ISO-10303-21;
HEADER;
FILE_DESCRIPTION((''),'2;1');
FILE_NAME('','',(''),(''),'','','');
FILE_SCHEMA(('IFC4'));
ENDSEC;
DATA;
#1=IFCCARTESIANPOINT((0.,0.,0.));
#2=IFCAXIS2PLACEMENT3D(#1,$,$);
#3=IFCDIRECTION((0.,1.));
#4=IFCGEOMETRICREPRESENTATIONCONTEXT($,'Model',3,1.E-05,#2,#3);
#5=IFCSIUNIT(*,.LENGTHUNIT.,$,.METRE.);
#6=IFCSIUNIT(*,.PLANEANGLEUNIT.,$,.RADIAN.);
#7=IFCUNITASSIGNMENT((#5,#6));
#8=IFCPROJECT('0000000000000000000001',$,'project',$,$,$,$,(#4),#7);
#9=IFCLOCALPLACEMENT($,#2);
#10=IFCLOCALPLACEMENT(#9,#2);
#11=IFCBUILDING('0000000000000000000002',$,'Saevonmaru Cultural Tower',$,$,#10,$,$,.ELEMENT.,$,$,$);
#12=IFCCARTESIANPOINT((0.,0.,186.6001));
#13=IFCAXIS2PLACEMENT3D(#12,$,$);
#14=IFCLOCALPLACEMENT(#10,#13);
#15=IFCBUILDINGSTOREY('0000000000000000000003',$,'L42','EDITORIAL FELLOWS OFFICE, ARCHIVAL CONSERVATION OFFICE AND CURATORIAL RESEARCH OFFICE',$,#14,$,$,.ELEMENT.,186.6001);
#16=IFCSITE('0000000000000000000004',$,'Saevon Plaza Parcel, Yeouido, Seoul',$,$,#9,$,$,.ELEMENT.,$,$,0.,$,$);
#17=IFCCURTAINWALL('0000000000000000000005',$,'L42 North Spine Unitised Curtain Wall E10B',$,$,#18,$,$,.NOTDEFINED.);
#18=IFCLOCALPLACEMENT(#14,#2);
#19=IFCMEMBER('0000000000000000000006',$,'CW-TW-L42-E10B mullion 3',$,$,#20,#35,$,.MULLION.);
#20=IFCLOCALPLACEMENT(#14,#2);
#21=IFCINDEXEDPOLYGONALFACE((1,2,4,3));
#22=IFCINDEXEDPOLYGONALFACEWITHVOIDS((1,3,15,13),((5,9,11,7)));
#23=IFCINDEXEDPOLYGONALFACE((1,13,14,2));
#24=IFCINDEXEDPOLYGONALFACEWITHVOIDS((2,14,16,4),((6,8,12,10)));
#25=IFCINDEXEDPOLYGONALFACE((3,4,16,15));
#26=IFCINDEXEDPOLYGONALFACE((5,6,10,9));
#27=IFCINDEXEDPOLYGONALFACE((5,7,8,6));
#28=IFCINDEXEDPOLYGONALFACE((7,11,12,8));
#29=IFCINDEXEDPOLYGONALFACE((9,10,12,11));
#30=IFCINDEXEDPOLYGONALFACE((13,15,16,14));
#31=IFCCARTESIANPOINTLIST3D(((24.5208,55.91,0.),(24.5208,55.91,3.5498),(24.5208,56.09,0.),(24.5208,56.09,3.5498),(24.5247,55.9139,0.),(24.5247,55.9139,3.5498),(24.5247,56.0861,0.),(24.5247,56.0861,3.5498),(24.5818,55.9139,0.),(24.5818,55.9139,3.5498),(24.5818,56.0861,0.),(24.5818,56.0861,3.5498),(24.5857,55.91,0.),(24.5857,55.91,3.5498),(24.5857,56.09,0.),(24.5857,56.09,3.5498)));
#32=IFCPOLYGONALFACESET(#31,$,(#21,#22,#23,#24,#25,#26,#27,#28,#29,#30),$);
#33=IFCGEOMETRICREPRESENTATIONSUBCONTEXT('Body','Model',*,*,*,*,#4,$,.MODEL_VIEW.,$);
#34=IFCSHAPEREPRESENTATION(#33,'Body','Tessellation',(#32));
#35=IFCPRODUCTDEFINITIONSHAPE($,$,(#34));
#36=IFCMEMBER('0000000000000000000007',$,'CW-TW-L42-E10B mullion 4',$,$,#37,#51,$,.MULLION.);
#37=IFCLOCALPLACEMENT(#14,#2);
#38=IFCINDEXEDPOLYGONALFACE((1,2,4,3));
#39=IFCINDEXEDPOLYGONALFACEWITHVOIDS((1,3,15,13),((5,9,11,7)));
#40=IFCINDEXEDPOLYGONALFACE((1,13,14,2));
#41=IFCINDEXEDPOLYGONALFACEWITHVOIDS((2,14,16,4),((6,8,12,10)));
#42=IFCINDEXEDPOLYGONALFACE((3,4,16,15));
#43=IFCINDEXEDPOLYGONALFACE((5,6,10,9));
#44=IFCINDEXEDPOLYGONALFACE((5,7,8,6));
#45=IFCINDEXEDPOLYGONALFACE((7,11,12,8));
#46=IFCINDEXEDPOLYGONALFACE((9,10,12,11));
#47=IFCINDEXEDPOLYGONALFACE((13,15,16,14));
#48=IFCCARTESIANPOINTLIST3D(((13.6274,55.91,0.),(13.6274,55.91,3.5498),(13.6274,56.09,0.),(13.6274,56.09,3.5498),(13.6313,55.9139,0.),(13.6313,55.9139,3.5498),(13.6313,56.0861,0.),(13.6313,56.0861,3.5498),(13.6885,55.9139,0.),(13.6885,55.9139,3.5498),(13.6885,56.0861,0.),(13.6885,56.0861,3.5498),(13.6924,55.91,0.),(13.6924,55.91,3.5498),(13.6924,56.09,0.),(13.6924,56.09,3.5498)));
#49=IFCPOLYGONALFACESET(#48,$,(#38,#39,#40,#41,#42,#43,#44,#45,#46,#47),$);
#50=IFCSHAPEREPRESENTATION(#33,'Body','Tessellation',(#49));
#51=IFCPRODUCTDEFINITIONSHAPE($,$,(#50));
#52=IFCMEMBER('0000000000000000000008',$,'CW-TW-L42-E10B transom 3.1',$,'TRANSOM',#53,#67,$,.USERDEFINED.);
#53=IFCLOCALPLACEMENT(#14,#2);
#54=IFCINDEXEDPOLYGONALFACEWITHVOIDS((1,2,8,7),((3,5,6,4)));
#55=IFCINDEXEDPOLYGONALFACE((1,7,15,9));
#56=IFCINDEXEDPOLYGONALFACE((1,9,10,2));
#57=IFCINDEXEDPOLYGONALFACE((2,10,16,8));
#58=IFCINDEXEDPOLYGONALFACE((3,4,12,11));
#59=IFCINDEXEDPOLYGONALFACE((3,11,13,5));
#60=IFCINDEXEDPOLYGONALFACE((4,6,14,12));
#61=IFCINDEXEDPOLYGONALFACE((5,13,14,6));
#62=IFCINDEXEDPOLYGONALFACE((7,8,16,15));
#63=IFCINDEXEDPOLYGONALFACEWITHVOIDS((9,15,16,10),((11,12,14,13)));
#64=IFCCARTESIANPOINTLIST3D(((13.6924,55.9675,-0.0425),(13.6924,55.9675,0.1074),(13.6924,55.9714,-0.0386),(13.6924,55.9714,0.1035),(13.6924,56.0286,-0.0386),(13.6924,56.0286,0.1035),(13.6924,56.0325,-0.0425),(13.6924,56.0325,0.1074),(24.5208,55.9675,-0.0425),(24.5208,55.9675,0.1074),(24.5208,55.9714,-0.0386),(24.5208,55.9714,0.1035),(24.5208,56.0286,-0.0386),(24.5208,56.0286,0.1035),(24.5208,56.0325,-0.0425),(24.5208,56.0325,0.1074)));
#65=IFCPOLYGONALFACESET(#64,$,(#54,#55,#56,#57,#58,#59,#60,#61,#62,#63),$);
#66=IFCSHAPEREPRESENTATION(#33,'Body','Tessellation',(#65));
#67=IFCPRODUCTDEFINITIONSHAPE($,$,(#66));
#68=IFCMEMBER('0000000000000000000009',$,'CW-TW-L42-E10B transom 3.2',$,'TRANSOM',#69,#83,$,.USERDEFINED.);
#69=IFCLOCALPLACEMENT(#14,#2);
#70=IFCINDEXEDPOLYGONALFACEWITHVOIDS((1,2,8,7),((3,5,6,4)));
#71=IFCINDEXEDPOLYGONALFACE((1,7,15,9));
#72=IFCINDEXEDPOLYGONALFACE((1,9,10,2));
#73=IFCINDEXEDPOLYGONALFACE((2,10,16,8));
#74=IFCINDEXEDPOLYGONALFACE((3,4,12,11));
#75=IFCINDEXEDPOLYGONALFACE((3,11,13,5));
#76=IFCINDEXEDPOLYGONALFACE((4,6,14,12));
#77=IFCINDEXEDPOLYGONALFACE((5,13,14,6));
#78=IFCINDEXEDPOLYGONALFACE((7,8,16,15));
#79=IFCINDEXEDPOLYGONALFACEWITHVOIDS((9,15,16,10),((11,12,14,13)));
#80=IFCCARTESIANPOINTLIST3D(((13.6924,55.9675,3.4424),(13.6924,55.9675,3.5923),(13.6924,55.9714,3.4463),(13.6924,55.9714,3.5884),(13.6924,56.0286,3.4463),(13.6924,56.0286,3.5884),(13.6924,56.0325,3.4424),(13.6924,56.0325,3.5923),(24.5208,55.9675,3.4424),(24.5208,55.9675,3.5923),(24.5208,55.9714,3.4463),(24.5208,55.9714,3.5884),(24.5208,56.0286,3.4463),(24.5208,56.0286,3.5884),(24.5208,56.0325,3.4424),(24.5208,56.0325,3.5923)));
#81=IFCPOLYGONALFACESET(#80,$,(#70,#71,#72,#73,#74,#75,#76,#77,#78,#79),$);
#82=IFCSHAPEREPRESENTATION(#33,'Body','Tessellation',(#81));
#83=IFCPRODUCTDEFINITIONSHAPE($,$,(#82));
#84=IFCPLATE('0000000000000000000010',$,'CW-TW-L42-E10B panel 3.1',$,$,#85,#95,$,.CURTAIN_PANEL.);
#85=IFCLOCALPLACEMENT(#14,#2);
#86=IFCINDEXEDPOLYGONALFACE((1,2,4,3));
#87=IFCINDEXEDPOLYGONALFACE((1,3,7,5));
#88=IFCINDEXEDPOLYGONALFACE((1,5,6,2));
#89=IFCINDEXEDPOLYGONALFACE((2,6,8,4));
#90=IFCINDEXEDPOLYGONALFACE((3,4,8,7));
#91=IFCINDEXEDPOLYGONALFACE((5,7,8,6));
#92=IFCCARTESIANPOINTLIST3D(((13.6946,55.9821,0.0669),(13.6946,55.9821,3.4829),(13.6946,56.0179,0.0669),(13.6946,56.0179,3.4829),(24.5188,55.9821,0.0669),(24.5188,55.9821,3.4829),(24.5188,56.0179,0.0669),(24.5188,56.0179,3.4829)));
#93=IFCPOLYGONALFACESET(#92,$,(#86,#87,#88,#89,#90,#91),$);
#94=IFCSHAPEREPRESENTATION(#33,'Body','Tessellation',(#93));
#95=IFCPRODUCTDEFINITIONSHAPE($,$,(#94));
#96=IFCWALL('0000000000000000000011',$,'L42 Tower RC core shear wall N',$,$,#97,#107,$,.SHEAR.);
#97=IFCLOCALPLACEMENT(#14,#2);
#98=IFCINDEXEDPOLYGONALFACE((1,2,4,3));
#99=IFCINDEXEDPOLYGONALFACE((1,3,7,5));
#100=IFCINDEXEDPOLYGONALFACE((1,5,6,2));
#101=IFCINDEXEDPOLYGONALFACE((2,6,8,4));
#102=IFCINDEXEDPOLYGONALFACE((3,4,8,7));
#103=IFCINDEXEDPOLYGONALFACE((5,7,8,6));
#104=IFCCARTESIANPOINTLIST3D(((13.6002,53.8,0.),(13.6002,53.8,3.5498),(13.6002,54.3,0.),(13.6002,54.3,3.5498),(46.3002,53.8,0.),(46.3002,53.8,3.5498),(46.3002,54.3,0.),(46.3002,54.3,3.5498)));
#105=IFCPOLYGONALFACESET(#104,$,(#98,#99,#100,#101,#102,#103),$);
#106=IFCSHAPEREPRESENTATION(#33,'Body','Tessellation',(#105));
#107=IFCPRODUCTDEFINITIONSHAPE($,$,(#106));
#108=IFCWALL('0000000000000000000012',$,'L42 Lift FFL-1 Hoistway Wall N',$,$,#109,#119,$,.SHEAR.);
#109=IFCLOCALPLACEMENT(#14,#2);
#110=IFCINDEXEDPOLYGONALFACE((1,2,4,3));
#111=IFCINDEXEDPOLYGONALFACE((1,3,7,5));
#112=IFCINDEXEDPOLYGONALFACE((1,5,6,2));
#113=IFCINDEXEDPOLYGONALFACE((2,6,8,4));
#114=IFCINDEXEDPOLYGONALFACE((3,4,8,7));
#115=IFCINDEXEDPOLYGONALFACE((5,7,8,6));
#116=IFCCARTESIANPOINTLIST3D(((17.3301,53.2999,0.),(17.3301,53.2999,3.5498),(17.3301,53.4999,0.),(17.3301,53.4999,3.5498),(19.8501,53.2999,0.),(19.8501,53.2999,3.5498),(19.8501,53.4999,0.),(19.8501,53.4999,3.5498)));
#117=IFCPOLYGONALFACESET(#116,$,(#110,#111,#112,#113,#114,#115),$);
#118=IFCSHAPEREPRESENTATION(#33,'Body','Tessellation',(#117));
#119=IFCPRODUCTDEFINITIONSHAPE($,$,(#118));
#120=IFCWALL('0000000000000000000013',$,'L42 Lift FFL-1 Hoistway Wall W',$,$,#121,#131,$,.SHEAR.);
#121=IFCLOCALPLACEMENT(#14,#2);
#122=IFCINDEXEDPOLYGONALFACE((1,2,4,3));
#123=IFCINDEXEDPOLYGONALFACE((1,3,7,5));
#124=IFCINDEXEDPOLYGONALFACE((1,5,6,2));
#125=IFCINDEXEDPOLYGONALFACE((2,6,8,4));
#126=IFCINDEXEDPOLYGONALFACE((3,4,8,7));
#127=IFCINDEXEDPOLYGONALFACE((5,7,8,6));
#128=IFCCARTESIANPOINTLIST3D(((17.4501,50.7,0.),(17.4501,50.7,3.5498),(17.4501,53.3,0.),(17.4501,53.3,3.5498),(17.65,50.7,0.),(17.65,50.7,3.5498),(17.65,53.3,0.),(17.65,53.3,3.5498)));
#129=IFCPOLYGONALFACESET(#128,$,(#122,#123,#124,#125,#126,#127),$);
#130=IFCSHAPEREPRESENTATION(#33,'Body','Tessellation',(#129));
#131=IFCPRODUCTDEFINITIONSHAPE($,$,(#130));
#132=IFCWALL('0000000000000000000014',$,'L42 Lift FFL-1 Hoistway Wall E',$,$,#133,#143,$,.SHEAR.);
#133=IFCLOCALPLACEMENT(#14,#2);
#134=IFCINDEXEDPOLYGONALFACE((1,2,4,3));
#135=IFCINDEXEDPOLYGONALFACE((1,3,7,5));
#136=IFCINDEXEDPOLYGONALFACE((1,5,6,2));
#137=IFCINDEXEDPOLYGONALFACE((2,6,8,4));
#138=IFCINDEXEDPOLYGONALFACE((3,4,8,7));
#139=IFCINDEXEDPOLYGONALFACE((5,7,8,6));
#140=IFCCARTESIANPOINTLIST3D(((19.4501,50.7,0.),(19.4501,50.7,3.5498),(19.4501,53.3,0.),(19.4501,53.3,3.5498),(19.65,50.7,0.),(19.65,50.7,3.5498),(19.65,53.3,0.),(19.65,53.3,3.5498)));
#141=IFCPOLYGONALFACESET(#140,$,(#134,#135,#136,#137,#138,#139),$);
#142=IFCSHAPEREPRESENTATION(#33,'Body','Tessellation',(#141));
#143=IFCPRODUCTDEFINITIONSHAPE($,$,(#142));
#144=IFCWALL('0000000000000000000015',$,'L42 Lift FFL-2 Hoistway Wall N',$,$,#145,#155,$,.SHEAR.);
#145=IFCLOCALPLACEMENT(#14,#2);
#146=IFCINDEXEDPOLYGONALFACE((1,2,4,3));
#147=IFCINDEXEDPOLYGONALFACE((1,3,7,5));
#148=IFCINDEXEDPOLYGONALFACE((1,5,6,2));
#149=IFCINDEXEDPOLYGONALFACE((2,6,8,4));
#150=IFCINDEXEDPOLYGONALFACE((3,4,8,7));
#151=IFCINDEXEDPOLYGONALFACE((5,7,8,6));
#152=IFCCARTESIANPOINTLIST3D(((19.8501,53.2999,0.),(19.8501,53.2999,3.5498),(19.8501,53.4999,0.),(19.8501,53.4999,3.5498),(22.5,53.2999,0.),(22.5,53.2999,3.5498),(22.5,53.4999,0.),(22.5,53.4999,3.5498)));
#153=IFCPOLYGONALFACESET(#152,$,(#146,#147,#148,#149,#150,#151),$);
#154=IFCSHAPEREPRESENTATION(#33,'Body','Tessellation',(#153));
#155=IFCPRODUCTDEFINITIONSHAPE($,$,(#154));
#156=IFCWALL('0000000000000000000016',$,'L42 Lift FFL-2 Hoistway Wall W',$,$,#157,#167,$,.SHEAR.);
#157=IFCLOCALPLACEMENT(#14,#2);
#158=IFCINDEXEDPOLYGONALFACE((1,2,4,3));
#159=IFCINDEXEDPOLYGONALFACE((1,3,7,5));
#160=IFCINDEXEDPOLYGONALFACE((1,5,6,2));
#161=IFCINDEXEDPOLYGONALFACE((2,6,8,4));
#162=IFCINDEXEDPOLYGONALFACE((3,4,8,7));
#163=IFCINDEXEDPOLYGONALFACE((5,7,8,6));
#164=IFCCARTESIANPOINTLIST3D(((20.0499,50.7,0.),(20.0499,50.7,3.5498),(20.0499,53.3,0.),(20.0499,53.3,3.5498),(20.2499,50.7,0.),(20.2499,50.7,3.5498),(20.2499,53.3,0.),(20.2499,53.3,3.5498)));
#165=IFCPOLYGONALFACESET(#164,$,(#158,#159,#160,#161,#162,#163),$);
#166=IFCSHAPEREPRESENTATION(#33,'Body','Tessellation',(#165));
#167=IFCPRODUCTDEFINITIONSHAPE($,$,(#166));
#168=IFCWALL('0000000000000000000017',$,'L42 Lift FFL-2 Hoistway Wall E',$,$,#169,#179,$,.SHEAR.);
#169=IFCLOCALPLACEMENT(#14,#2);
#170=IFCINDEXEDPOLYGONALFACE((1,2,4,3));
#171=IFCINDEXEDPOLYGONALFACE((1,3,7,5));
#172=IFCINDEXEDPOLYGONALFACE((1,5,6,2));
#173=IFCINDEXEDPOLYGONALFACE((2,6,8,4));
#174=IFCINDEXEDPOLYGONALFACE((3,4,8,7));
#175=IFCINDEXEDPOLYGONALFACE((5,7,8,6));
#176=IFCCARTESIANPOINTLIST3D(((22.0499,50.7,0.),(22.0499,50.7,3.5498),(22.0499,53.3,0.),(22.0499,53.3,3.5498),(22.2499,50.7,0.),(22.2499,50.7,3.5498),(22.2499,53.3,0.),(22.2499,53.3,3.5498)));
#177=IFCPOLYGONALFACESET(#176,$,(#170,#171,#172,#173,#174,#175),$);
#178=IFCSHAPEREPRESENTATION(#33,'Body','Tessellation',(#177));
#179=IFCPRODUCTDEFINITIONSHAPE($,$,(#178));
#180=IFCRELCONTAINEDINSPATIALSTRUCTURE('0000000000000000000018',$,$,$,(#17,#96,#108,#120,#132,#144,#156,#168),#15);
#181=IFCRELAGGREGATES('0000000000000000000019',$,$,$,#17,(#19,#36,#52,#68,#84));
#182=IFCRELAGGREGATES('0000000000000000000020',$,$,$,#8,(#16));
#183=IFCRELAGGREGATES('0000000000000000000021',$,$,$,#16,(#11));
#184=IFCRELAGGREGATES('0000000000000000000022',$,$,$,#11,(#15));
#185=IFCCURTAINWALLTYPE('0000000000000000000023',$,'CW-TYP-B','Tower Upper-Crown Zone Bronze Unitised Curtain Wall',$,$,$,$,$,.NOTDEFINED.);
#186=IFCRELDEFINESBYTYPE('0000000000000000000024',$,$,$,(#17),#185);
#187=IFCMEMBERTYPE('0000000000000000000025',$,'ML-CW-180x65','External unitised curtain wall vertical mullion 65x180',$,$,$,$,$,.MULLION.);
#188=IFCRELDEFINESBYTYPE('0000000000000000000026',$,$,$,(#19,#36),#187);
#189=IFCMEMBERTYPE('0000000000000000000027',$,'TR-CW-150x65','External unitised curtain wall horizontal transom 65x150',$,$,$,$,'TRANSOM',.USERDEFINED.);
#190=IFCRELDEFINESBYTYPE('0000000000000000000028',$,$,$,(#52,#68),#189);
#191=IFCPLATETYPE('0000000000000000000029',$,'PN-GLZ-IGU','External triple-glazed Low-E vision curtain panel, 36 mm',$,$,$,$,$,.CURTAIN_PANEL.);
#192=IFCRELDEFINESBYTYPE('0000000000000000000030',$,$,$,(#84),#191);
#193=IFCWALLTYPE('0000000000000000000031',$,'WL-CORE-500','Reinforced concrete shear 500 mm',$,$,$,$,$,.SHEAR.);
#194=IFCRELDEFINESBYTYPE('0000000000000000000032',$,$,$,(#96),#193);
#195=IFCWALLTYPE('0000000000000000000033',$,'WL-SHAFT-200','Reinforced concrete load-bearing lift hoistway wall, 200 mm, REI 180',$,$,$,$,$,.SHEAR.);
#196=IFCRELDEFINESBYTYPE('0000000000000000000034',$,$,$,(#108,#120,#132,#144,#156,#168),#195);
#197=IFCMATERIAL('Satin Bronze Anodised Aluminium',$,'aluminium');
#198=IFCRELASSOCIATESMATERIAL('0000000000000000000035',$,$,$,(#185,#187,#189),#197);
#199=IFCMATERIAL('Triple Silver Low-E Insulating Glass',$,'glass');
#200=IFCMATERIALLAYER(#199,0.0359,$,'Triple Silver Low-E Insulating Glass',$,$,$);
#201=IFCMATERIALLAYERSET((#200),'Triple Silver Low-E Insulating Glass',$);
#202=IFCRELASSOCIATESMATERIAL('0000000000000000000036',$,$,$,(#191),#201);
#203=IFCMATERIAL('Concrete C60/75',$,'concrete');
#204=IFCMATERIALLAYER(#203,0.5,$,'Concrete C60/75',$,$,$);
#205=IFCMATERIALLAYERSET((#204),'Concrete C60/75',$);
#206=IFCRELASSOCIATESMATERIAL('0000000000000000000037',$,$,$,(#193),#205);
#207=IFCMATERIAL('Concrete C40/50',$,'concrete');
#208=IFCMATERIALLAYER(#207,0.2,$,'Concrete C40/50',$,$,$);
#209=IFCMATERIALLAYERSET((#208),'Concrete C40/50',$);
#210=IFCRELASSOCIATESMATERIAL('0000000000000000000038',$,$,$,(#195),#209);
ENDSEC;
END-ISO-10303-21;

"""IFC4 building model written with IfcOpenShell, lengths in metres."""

from ifc_helpers import new_model, si_unit, direction, frame, frame_2d, origin, origin_2d, place, context, subcontext, project, spatial, rectangle, hollow_rectangle, extrude, material, layer, layer_set, material_profile, profile_set, type_object, element, aggregate, save


model = new_model("IFC4")

# Units and contexts
model_context = context("Model", 3, precision=1e-05, world=origin(), true_north=direction((0.0, 1.0)))
body_context = subcontext(model_context, "Body", "Model", "MODEL_VIEW")
ifc_project = project(units=[si_unit("LENGTHUNIT", "METRE"), si_unit("PLANEANGLEUNIT", "RADIAN")], contexts=[model_context])

# Site, building, storey
site_placement = place(None, origin())
site = spatial("IfcSite", under=ifc_project, at=site_placement, Name="Saevon Plaza Parcel, Yeouido, Seoul", CompositionType="ELEMENT", RefElevation=0.0)
building_placement = place(site_placement, origin())
building = spatial("IfcBuilding", under=site, at=building_placement, Name="Saevonmaru Cultural Tower", CompositionType="ELEMENT")
storey_placement = place(building_placement, frame((0.0, 0.0, 186.6001)))
storey = spatial("IfcBuildingStorey", under=building, at=storey_placement, Name="L42", Description="EDITORIAL FELLOWS OFFICE, ARCHIVAL CONSERVATION OFFICE AND CURATORIAL RESEARCH OFFICE", CompositionType="ELEMENT", Elevation=186.6001)

# Curtain wall, members, plate
ifc_material_1 = material(Name="Satin Bronze Anodised Aluminium", Category="aluminium")
curtain_wall_type = type_object("IfcCurtainWallType", Name="CW-TYP-B", Description="Tower Upper-Crown Zone Bronze Unitised Curtain Wall", PredefinedType="NOTDEFINED", material=ifc_material_1)
curtain_wall_placement = place(storey_placement, origin())
curtain_wall = element("IfcCurtainWall", 1, at=curtain_wall_placement, inside=storey, type_object=curtain_wall_type, Name="L42 North Spine Unitised Curtain Wall E10B", PredefinedType="NOTDEFINED")
ifc_material_profile_1 = material_profile(ifc_material_1, hollow_rectangle(XDim=0.0649, YDim=0.1799, WallThickness=0.0039, at=origin_2d()), Name="ALU-MULL-180x65x4")
ifc_profile_set_1 = profile_set([ifc_material_profile_1], Name="Satin Bronze Anodised Aluminium")
member_type_1 = type_object("IfcMemberType", Name="ML-CW-180x65", Description="External unitised curtain wall vertical mullion 65x180", PredefinedType="MULLION", material=ifc_profile_set_1)
member_1_placement = place(storey_placement, frame((24.5532, 56.0, 0.0), z_axis=(0.0, 0.0, 1.0), x_axis=(-1.0, 0.0, 0.0)))
member_1 = element("IfcMember", 2, at=member_1_placement, type_object=member_type_1, Name="CW-TW-L42-E10B mullion 3", PredefinedType="MULLION", context=body_context, shape_type="SweptSolid", body=[
    extrude(hollow_rectangle(XDim=0.0649, YDim=0.1799, WallThickness=0.0039, at=origin_2d()), origin(), (0.0, 0.0, 1.0), 3.5498),
])
member_2_placement = place(storey_placement, frame((13.6599, 56.0, 0.0), z_axis=(0.0, 0.0, 1.0), x_axis=(-1.0, 0.0, 0.0)))
member_2 = element("IfcMember", 3, at=member_2_placement, type_object=member_type_1, Name="CW-TW-L42-E10B mullion 4", PredefinedType="MULLION", context=body_context, shape_type="SweptSolid", body=[
    extrude(hollow_rectangle(XDim=0.0649, YDim=0.1799, WallThickness=0.0039, at=origin_2d()), origin(), (0.0, 0.0, 1.0), 3.5498),
])
ifc_material_profile_2 = material_profile(ifc_material_1, hollow_rectangle(XDim=0.0649, YDim=0.1499, WallThickness=0.0039, at=origin_2d()), Name="ALU-TRAN-150x65x4")
ifc_profile_set_2 = profile_set([ifc_material_profile_2], Name="Satin Bronze Anodised Aluminium")
member_type_2 = type_object("IfcMemberType", Name="TR-CW-150x65", Description="External unitised curtain wall horizontal transom 65x150", ElementType="TRANSOM", PredefinedType="USERDEFINED", material=ifc_profile_set_2)
member_3_placement = place(storey_placement, frame((24.5208, 56.0, 0.0325), z_axis=(-1.0, 0.0, 0.0), x_axis=(0.0, -1.0, 0.0)))
member_3 = element("IfcMember", 4, at=member_3_placement, type_object=member_type_2, Name="CW-TW-L42-E10B transom 3.1", ObjectType="TRANSOM", PredefinedType="USERDEFINED", context=body_context, shape_type="SweptSolid", body=[
    extrude(hollow_rectangle(XDim=0.0649, YDim=0.1499, WallThickness=0.0039, at=origin_2d()), origin(), (0.0, 0.0, 1.0), 10.8284),
])
member_4_placement = place(storey_placement, frame((24.5208, 56.0, 3.5173), z_axis=(-1.0, 0.0, 0.0), x_axis=(0.0, -1.0, 0.0)))
member_4 = element("IfcMember", 5, at=member_4_placement, type_object=member_type_2, Name="CW-TW-L42-E10B transom 3.2", ObjectType="TRANSOM", PredefinedType="USERDEFINED", context=body_context, shape_type="SweptSolid", body=[
    extrude(hollow_rectangle(XDim=0.0649, YDim=0.1499, WallThickness=0.0039, at=origin_2d()), origin(), (0.0, 0.0, 1.0), 10.8284),
])
ifc_material_2 = material(Name="Triple Silver Low-E Insulating Glass", Category="glass")
ifc_layer_1 = layer(ifc_material_2, 0.0359, Name="Triple Silver Low-E Insulating Glass")
ifc_layer_set_1 = layer_set([ifc_layer_1], Name="Triple Silver Low-E Insulating Glass")
plate_type = type_object("IfcPlateType", Name="PN-GLZ-IGU", Description="External triple-glazed Low-E vision curtain panel, 36 mm", PredefinedType="CURTAIN_PANEL", material=ifc_layer_set_1)
plate_placement = place(storey_placement, frame((19.1067, 56.0, 0.0669), z_axis=(0.0, 0.0, 1.0), x_axis=(-1.0, 0.0, 0.0)))
plate = element("IfcPlate", 6, at=plate_placement, type_object=plate_type, Name="CW-TW-L42-E10B panel 3.1", PredefinedType="CURTAIN_PANEL", context=body_context, shape_type="SweptSolid", body=[
    extrude(rectangle(XDim=10.8242, YDim=0.0359, at=origin_2d()), origin(), (0.0, 0.0, 1.0), 3.416),
])
aggregate(curtain_wall, [member_1, member_2, member_3, member_4, plate])

# Walls
ifc_material_3 = material(Name="Concrete C60/75", Category="concrete")
ifc_layer_2 = layer(ifc_material_3, 0.5, Name="Concrete C60/75")
ifc_layer_set_2 = layer_set([ifc_layer_2], Name="Concrete C60/75")
wall_type_1 = type_object("IfcWallType", Name="WL-CORE-500", Description="Reinforced concrete shear 500 mm", PredefinedType="SHEAR", material=ifc_layer_set_2)
wall_1_placement = place(storey_placement, frame((13.6001, 54.05, 0.0), z_axis=(0.0, 0.0, 1.0), x_axis=(1.0, 0.0, 0.0)))
element("IfcWall", 7, at=wall_1_placement, inside=storey, type_object=wall_type_1, Name="L42 Tower RC core shear wall N", PredefinedType="SHEAR", context=body_context, shape_type="SweptSolid", body=[
    extrude(rectangle(XDim=32.7, YDim=0.5, at=frame_2d((16.3501, 0.0))), origin(), (0.0, 0.0, 1.0), 3.5498),
])
ifc_material_4 = material(Name="Concrete C40/50", Category="concrete")
ifc_layer_3 = layer(ifc_material_4, 0.2, Name="Concrete C40/50")
ifc_layer_set_3 = layer_set([ifc_layer_3], Name="Concrete C40/50")
wall_type_2 = type_object("IfcWallType", Name="WL-SHAFT-200", Description="Reinforced concrete load-bearing lift hoistway wall, 200 mm, REI 180", PredefinedType="SHEAR", material=ifc_layer_set_3)
wall_2_placement = place(storey_placement, frame((17.3301, 53.3999, 0.0), z_axis=(0.0, 0.0, 1.0), x_axis=(1.0, 0.0, 0.0)))
element("IfcWall", 8, at=wall_2_placement, inside=storey, type_object=wall_type_2, Name="L42 Lift FFL-1 Hoistway Wall N", PredefinedType="SHEAR", context=body_context, shape_type="SweptSolid", body=[
    extrude(rectangle(XDim=2.52, YDim=0.2, at=frame_2d((1.26, 0.0))), origin(), (0.0, 0.0, 1.0), 3.5498),
])
for number, where, z_axis, x_axis, name in (
    (9, (17.55, 50.7, 0.0), (0.0, 0.0, 1.0), (0.0, 1.0, 0.0), "L42 Lift FFL-1 Hoistway Wall W"),
    (10, (19.55, 50.7, 0.0), (0.0, 0.0, 1.0), (0.0, 1.0, 0.0), "L42 Lift FFL-1 Hoistway Wall E"),
):
    element("IfcWall", number, at=place(storey_placement, frame(where, z_axis=z_axis, x_axis=x_axis)), inside=storey, type_object=wall_type_2, Name=name, PredefinedType="SHEAR", context=body_context, shape_type="SweptSolid", body=[
        extrude(rectangle(XDim=2.6001, YDim=0.2, at=frame_2d((1.3, 0.0))), origin(), (0.0, 0.0, 1.0), 3.5498),
    ])
wall_3_placement = place(storey_placement, frame((19.8501, 53.3999, 0.0), z_axis=(0.0, 0.0, 1.0), x_axis=(1.0, 0.0, 0.0)))
element("IfcWall", 11, at=wall_3_placement, inside=storey, type_object=wall_type_2, Name="L42 Lift FFL-2 Hoistway Wall N", PredefinedType="SHEAR", context=body_context, shape_type="SweptSolid", body=[
    extrude(rectangle(XDim=2.6499, YDim=0.2, at=frame_2d((1.325, 0.0))), origin(), (0.0, 0.0, 1.0), 3.5498),
])
for number, where, z_axis, x_axis, name in (
    (12, (20.1499, 50.7, 0.0), (0.0, 0.0, 1.0), (0.0, 1.0, 0.0), "L42 Lift FFL-2 Hoistway Wall W"),
    (13, (22.1499, 50.7, 0.0), (0.0, 0.0, 1.0), (0.0, 1.0, 0.0), "L42 Lift FFL-2 Hoistway Wall E"),
):
    element("IfcWall", number, at=place(storey_placement, frame(where, z_axis=z_axis, x_axis=x_axis)), inside=storey, type_object=wall_type_2, Name=name, PredefinedType="SHEAR", context=body_context, shape_type="SweptSolid", body=[
        extrude(rectangle(XDim=2.6001, YDim=0.2, at=frame_2d((1.3, 0.0))), origin(), (0.0, 0.0, 1.0), 3.5498),
    ])

save(model, "model.ifc")
